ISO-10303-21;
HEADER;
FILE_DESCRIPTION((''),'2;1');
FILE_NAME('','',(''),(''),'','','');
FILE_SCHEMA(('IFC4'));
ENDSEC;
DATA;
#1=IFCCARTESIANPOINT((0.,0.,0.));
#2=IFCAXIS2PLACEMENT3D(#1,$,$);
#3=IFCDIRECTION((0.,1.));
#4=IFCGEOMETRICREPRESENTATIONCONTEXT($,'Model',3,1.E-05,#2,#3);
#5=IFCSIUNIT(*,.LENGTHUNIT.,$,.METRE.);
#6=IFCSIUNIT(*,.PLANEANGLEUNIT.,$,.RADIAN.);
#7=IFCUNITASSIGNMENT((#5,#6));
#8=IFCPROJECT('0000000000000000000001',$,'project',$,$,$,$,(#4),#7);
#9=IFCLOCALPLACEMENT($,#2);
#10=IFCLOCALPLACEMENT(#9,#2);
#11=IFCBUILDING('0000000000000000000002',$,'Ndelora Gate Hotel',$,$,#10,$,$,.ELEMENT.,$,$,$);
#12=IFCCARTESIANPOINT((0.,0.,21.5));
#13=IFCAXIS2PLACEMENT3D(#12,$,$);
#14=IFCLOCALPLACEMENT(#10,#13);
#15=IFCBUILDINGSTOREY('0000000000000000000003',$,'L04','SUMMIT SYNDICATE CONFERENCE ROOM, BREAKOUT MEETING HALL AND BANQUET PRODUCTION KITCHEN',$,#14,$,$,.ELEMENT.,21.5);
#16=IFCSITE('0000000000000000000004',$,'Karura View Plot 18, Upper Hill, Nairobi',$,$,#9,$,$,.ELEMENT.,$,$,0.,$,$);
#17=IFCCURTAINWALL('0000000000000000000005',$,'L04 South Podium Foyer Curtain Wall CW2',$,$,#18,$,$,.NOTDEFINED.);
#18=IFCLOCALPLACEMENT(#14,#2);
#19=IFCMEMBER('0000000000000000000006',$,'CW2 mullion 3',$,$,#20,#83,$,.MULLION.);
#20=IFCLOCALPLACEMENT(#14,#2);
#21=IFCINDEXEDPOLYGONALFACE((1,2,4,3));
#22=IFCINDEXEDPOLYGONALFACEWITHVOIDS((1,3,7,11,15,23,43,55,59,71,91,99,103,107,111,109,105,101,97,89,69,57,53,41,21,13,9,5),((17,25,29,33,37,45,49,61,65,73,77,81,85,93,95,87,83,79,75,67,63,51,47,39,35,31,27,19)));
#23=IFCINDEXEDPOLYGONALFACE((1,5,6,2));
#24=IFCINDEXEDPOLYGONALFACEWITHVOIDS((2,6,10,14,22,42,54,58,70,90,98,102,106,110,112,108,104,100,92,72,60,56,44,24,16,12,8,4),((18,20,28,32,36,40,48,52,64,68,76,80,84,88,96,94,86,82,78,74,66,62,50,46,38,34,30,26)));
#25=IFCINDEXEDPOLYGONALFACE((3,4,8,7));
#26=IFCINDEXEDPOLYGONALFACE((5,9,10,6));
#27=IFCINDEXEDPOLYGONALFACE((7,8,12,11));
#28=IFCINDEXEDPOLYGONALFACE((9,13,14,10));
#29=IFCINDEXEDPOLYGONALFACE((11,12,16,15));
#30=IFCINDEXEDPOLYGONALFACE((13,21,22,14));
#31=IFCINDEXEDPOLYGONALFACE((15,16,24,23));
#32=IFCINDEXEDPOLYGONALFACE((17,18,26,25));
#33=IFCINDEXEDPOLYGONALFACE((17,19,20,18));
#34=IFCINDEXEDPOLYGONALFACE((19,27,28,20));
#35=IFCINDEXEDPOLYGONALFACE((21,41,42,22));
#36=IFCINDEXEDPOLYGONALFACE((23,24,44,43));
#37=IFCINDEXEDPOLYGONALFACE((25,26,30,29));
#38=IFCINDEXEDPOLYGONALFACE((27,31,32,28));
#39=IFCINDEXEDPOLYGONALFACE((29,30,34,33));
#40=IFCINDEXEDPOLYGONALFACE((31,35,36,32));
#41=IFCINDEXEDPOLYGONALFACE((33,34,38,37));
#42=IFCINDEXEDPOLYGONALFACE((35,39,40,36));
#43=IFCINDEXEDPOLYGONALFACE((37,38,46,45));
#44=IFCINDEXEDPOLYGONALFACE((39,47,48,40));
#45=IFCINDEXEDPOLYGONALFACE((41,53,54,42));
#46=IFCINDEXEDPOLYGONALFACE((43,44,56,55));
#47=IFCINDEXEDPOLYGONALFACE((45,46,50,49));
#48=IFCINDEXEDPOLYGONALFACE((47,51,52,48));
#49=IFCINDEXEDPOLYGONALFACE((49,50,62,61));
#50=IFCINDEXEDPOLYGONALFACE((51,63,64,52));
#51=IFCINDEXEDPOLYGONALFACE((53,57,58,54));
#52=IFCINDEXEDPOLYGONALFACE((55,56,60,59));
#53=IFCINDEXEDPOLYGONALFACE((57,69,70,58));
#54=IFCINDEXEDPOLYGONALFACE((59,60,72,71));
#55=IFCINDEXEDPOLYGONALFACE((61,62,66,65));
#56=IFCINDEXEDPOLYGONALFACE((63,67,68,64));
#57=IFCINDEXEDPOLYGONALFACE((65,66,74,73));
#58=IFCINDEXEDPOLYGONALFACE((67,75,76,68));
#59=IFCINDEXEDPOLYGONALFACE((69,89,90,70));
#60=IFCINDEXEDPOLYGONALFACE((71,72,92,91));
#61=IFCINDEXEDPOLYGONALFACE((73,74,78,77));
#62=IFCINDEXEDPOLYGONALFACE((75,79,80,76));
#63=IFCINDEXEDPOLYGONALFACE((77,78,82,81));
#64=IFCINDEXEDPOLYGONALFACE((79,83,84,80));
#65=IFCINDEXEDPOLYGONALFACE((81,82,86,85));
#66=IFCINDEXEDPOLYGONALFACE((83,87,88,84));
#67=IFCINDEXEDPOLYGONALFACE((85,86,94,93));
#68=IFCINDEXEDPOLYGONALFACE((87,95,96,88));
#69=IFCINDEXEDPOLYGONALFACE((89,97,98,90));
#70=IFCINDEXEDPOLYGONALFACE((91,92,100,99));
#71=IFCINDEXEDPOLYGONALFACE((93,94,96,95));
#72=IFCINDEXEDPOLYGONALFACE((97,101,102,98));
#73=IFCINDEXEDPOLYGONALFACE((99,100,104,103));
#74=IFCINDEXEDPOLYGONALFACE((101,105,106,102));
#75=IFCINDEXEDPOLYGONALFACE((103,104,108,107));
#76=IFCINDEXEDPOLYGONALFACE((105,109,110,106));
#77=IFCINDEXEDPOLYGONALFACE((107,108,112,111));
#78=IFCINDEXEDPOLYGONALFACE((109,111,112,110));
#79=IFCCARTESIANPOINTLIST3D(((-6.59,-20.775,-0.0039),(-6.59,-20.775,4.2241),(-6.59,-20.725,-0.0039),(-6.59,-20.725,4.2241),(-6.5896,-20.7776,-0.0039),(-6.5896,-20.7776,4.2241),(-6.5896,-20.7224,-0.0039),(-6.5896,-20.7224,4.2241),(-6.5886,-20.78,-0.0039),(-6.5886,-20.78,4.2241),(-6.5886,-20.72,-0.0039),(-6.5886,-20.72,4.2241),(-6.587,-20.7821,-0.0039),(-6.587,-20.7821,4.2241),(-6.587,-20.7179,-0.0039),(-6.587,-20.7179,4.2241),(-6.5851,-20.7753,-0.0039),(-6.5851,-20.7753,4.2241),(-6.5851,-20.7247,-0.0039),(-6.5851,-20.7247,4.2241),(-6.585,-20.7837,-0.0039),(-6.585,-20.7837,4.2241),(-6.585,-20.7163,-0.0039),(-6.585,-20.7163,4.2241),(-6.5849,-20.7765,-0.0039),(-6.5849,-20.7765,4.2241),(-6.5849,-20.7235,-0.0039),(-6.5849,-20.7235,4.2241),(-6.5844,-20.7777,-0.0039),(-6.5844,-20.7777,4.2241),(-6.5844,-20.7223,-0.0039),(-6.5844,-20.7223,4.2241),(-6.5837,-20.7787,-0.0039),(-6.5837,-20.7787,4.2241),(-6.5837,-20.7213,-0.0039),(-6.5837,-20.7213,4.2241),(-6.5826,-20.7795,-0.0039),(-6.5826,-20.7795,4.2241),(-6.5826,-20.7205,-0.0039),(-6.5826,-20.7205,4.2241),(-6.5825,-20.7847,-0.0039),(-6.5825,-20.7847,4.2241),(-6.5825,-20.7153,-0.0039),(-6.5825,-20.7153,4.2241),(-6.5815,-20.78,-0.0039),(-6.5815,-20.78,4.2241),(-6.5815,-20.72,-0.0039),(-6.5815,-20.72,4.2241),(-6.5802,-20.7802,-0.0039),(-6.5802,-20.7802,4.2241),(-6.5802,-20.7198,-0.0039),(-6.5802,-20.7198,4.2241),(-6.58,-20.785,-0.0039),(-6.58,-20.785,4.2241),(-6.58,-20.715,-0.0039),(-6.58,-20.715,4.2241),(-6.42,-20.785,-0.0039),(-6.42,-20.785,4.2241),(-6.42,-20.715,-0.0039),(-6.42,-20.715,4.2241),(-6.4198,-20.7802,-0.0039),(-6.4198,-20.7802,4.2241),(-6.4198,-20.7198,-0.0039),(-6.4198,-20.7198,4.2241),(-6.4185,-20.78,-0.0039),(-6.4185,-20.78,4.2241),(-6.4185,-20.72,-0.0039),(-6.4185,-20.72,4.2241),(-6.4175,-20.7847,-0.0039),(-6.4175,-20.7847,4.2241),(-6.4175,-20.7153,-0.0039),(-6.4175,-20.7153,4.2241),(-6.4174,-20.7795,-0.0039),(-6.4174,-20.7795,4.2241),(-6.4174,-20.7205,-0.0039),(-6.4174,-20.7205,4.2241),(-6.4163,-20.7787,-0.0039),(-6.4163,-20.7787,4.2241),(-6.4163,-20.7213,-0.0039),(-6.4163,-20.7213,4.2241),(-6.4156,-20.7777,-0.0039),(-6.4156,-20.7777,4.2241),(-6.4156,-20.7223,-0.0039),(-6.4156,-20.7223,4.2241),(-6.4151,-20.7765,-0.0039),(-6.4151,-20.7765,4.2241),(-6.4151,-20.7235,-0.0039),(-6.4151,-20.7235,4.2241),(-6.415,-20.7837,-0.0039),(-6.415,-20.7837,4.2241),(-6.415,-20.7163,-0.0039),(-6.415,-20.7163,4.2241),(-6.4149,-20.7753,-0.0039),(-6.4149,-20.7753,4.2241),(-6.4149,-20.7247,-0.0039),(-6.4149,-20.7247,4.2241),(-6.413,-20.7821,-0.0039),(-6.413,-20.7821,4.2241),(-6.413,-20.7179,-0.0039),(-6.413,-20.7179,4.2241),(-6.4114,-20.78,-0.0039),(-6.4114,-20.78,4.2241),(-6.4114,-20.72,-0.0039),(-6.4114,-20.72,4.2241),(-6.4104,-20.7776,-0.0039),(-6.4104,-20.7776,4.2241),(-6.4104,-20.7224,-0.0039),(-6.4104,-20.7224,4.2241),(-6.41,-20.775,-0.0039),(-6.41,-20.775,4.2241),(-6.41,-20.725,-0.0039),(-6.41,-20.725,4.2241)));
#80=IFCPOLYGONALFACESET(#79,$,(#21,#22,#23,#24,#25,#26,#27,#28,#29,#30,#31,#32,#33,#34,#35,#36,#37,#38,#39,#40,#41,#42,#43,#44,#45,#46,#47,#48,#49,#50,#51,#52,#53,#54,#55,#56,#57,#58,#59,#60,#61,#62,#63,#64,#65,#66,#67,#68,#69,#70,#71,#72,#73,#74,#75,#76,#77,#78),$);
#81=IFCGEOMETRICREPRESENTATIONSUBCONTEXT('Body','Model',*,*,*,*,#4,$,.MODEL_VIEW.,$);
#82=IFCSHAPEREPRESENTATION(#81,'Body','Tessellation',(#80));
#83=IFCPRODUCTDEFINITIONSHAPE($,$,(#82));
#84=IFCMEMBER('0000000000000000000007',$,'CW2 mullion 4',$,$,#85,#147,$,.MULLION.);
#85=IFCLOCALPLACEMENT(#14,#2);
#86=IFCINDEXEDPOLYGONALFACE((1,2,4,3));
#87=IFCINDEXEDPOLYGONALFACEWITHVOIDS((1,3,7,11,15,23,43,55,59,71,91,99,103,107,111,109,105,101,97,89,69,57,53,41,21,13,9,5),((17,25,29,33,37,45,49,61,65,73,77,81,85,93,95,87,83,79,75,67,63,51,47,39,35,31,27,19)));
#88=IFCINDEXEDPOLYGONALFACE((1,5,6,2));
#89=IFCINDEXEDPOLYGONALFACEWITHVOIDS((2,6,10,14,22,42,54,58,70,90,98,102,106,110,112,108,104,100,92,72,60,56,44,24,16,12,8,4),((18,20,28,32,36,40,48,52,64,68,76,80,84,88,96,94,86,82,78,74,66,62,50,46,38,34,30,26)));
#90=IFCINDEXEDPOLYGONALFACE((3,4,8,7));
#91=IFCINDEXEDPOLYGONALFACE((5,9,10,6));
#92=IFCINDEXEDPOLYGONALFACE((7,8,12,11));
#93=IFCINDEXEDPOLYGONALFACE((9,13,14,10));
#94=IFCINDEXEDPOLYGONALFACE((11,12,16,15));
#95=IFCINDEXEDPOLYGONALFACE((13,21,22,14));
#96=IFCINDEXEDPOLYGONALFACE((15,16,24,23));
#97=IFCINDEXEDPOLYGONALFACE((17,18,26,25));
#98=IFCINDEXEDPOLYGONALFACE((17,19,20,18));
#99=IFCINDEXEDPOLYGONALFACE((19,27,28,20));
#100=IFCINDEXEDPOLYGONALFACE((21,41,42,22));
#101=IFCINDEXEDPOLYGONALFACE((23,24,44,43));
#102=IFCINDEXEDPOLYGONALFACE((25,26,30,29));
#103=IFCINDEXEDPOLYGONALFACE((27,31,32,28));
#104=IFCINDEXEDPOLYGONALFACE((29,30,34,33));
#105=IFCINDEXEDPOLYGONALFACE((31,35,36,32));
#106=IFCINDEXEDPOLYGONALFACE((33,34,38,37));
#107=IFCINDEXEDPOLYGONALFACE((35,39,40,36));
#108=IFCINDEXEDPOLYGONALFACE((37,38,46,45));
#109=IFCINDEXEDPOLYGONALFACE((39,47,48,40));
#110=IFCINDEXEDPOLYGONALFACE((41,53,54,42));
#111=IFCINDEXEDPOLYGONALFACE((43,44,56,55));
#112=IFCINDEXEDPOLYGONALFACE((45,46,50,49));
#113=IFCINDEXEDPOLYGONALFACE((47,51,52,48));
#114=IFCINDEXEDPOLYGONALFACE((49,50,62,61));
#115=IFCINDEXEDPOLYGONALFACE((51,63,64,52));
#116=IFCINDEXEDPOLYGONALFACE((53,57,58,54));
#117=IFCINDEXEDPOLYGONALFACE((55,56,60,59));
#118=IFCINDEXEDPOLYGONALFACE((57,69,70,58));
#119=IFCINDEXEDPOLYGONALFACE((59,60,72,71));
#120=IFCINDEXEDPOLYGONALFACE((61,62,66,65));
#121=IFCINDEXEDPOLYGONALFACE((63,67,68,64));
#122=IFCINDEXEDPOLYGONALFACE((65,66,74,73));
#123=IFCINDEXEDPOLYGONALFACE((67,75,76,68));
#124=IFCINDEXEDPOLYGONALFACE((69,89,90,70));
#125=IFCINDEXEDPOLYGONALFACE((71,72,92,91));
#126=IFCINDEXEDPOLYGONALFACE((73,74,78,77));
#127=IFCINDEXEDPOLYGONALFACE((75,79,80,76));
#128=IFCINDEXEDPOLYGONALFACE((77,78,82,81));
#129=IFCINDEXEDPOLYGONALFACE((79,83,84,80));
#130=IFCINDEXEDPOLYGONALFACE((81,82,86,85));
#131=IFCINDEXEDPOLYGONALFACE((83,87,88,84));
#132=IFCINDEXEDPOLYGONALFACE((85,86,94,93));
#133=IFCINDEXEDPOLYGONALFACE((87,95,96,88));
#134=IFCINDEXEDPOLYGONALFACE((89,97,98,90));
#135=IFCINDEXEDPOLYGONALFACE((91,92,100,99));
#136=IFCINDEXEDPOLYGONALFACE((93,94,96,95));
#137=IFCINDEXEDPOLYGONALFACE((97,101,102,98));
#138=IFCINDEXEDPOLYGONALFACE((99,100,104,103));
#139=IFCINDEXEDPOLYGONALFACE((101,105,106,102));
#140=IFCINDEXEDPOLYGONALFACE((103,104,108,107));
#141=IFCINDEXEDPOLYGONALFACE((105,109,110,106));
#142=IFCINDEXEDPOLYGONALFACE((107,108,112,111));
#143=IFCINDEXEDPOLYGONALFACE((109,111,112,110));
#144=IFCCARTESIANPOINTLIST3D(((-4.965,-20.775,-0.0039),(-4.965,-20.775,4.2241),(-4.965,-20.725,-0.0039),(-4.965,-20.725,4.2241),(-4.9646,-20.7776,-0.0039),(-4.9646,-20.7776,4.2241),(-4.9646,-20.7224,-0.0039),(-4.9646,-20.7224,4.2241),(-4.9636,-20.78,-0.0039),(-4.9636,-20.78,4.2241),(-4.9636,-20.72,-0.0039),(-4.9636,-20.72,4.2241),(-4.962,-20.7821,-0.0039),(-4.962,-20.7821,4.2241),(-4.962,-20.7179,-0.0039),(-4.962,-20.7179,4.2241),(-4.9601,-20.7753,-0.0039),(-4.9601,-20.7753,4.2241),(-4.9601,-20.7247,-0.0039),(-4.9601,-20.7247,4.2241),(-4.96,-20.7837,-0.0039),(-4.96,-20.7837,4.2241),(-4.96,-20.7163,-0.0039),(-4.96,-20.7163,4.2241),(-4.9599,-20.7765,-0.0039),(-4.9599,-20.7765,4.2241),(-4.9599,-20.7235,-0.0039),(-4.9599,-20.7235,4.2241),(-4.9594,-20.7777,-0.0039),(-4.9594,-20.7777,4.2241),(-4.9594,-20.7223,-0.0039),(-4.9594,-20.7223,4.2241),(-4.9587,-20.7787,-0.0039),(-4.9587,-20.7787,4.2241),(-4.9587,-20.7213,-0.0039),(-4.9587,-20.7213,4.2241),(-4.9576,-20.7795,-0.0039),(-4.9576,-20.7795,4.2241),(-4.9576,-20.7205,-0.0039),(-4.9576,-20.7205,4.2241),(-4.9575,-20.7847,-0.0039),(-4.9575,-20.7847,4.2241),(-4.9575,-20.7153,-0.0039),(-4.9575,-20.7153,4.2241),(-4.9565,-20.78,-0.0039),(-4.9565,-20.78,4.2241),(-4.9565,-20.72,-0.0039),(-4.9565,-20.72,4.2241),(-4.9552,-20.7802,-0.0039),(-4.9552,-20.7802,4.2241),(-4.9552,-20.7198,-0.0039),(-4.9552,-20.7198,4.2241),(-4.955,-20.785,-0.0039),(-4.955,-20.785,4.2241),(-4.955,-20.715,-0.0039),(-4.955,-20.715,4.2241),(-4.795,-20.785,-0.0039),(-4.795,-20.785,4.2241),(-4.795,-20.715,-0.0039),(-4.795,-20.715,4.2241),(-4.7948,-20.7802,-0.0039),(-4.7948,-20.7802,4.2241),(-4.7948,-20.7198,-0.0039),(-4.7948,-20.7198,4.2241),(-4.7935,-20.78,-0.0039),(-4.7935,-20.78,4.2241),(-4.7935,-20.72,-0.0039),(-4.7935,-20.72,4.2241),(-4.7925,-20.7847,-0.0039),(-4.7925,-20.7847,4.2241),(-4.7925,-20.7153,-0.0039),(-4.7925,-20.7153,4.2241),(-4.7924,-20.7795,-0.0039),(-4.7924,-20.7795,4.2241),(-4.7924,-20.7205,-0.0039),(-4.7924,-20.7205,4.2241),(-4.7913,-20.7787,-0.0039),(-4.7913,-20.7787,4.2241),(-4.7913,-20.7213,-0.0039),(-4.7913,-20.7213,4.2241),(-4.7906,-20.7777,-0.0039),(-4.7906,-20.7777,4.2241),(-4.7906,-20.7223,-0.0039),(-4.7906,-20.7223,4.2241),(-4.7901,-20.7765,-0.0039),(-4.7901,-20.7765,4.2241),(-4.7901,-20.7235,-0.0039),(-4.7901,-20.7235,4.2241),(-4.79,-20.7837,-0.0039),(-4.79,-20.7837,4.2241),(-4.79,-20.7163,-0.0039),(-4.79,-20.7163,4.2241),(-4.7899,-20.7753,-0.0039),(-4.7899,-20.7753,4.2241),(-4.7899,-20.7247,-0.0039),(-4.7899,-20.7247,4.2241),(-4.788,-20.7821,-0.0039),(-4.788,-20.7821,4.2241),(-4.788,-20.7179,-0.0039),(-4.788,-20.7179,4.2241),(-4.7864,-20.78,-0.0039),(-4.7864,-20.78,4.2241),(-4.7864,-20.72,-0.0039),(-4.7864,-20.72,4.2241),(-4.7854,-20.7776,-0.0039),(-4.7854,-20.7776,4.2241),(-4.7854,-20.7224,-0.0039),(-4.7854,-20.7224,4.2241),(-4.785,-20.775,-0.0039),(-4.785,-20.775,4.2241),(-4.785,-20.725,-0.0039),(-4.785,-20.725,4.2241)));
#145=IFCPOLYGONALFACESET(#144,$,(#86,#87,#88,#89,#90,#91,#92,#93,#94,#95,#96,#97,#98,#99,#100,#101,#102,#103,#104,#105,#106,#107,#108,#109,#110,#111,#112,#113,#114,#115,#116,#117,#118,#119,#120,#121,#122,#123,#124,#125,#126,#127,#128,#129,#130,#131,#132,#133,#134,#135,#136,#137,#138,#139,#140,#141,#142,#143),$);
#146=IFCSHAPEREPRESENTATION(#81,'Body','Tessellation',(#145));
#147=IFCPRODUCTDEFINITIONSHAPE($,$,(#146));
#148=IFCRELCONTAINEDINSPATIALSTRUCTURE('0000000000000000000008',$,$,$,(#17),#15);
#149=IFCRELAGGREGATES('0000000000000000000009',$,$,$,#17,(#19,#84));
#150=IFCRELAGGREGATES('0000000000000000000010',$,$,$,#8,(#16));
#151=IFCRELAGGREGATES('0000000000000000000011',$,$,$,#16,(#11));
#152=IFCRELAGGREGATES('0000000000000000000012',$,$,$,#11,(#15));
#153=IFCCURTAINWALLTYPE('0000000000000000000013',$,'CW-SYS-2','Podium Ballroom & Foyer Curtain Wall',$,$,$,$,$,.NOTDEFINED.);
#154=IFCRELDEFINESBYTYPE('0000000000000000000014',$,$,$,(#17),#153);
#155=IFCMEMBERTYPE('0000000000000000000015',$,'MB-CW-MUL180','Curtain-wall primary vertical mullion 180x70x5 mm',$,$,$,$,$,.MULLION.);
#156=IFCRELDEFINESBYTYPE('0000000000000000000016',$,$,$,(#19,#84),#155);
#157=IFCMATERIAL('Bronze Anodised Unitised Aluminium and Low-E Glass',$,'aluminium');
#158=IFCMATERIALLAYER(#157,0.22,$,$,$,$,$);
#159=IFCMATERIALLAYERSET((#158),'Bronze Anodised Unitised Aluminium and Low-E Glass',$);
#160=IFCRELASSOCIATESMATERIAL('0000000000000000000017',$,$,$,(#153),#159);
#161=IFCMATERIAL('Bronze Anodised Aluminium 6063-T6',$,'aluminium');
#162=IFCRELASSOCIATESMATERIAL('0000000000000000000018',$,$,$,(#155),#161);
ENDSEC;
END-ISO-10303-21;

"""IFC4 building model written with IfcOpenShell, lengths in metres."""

from ifc_helpers import new_model, si_unit, direction, frame, origin, origin_2d, place, context, subcontext, project, spatial, hollow_rectangle, extrude, material, layer, layer_set, material_profile, profile_set, type_object, element, aggregate, save


model = new_model("IFC4")

# Units and contexts
model_context = context("Model", 3, precision=1e-05, world=origin(), true_north=direction((0.0, 1.0)))
body_context = subcontext(model_context, "Body", "Model", "MODEL_VIEW")
ifc_project = project(units=[si_unit("LENGTHUNIT", "METRE"), si_unit("PLANEANGLEUNIT", "RADIAN")], contexts=[model_context])

# Site, building, storey
site_placement = place(None, origin())
site = spatial("IfcSite", under=ifc_project, at=site_placement, Name="Karura View Plot 18, Upper Hill, Nairobi", CompositionType="ELEMENT", RefElevation=0.0)
building_placement = place(site_placement, origin())
building = spatial("IfcBuilding", under=site, at=building_placement, Name="Ndelora Gate Hotel", CompositionType="ELEMENT")
storey_placement = place(building_placement, frame((0.0, 0.0, 21.5)))
storey = spatial("IfcBuildingStorey", under=building, at=storey_placement, Name="L04", Description="SUMMIT SYNDICATE CONFERENCE ROOM, BREAKOUT MEETING HALL AND BANQUET PRODUCTION KITCHEN", CompositionType="ELEMENT", Elevation=21.5)

# Curtain wall, members
ifc_material_1 = material(Name="Bronze Anodised Unitised Aluminium and Low-E Glass", Category="aluminium")
ifc_layer_1 = layer(ifc_material_1, 0.22)
ifc_layer_set_1 = layer_set([ifc_layer_1], Name="Bronze Anodised Unitised Aluminium and Low-E Glass")
curtain_wall_type = type_object("IfcCurtainWallType", Name="CW-SYS-2", Description="Podium Ballroom & Foyer Curtain Wall", PredefinedType="NOTDEFINED", material=ifc_layer_set_1)
curtain_wall_placement = place(storey_placement, origin())
curtain_wall = element("IfcCurtainWall", 1, at=curtain_wall_placement, inside=storey, type_object=curtain_wall_type, Name="L04 South Podium Foyer Curtain Wall CW2", PredefinedType="NOTDEFINED")
ifc_material_2 = material(Name="Bronze Anodised Aluminium 6063-T6", Category="aluminium")
ifc_material_profile_1 = material_profile(ifc_material_2, hollow_rectangle(XDim=0.0701, YDim=0.1799, WallThickness=0.0049, InnerFilletRadius=0.0049, OuterFilletRadius=0.01, at=origin_2d()), Name="ALU 180x70x5")
ifc_profile_set_1 = profile_set([ifc_material_profile_1], Name="Bronze Anodised Aluminium 6063-T6")
member_type_1 = type_object("IfcMemberType", Name="MB-CW-MUL180", Description="Curtain-wall primary vertical mullion 180x70x5 mm", PredefinedType="MULLION", material=ifc_profile_set_1)
member_1_placement = place(storey_placement, frame((-6.5, -20.75, -0.0039), z_axis=(0.0, 0.0, 1.0), x_axis=(0.0, 1.0, 0.0)))
member_1 = element("IfcMember", 2, at=member_1_placement, type_object=member_type_1, Name="CW2 mullion 3", PredefinedType="MULLION", context=body_context, shape_type="SweptSolid", body=[
    extrude(hollow_rectangle(XDim=0.0701, YDim=0.1799, WallThickness=0.0049, InnerFilletRadius=0.0049, OuterFilletRadius=0.01, at=origin_2d()), origin(), (0.0, 0.0, 1.0), 4.228),
])
member_2_placement = place(storey_placement, frame((-4.875, -20.75, -0.0039), z_axis=(0.0, 0.0, 1.0), x_axis=(0.0, 1.0, 0.0)))
member_2 = element("IfcMember", 3, at=member_2_placement, type_object=member_type_1, Name="CW2 mullion 4", PredefinedType="MULLION", context=body_context, shape_type="SweptSolid", body=[
    extrude(hollow_rectangle(XDim=0.0701, YDim=0.1799, WallThickness=0.0049, InnerFilletRadius=0.0049, OuterFilletRadius=0.01, at=origin_2d()), origin(), (0.0, 0.0, 1.0), 4.228),
])
aggregate(curtain_wall, [member_1, member_2])

save(model, "model.ifc")
